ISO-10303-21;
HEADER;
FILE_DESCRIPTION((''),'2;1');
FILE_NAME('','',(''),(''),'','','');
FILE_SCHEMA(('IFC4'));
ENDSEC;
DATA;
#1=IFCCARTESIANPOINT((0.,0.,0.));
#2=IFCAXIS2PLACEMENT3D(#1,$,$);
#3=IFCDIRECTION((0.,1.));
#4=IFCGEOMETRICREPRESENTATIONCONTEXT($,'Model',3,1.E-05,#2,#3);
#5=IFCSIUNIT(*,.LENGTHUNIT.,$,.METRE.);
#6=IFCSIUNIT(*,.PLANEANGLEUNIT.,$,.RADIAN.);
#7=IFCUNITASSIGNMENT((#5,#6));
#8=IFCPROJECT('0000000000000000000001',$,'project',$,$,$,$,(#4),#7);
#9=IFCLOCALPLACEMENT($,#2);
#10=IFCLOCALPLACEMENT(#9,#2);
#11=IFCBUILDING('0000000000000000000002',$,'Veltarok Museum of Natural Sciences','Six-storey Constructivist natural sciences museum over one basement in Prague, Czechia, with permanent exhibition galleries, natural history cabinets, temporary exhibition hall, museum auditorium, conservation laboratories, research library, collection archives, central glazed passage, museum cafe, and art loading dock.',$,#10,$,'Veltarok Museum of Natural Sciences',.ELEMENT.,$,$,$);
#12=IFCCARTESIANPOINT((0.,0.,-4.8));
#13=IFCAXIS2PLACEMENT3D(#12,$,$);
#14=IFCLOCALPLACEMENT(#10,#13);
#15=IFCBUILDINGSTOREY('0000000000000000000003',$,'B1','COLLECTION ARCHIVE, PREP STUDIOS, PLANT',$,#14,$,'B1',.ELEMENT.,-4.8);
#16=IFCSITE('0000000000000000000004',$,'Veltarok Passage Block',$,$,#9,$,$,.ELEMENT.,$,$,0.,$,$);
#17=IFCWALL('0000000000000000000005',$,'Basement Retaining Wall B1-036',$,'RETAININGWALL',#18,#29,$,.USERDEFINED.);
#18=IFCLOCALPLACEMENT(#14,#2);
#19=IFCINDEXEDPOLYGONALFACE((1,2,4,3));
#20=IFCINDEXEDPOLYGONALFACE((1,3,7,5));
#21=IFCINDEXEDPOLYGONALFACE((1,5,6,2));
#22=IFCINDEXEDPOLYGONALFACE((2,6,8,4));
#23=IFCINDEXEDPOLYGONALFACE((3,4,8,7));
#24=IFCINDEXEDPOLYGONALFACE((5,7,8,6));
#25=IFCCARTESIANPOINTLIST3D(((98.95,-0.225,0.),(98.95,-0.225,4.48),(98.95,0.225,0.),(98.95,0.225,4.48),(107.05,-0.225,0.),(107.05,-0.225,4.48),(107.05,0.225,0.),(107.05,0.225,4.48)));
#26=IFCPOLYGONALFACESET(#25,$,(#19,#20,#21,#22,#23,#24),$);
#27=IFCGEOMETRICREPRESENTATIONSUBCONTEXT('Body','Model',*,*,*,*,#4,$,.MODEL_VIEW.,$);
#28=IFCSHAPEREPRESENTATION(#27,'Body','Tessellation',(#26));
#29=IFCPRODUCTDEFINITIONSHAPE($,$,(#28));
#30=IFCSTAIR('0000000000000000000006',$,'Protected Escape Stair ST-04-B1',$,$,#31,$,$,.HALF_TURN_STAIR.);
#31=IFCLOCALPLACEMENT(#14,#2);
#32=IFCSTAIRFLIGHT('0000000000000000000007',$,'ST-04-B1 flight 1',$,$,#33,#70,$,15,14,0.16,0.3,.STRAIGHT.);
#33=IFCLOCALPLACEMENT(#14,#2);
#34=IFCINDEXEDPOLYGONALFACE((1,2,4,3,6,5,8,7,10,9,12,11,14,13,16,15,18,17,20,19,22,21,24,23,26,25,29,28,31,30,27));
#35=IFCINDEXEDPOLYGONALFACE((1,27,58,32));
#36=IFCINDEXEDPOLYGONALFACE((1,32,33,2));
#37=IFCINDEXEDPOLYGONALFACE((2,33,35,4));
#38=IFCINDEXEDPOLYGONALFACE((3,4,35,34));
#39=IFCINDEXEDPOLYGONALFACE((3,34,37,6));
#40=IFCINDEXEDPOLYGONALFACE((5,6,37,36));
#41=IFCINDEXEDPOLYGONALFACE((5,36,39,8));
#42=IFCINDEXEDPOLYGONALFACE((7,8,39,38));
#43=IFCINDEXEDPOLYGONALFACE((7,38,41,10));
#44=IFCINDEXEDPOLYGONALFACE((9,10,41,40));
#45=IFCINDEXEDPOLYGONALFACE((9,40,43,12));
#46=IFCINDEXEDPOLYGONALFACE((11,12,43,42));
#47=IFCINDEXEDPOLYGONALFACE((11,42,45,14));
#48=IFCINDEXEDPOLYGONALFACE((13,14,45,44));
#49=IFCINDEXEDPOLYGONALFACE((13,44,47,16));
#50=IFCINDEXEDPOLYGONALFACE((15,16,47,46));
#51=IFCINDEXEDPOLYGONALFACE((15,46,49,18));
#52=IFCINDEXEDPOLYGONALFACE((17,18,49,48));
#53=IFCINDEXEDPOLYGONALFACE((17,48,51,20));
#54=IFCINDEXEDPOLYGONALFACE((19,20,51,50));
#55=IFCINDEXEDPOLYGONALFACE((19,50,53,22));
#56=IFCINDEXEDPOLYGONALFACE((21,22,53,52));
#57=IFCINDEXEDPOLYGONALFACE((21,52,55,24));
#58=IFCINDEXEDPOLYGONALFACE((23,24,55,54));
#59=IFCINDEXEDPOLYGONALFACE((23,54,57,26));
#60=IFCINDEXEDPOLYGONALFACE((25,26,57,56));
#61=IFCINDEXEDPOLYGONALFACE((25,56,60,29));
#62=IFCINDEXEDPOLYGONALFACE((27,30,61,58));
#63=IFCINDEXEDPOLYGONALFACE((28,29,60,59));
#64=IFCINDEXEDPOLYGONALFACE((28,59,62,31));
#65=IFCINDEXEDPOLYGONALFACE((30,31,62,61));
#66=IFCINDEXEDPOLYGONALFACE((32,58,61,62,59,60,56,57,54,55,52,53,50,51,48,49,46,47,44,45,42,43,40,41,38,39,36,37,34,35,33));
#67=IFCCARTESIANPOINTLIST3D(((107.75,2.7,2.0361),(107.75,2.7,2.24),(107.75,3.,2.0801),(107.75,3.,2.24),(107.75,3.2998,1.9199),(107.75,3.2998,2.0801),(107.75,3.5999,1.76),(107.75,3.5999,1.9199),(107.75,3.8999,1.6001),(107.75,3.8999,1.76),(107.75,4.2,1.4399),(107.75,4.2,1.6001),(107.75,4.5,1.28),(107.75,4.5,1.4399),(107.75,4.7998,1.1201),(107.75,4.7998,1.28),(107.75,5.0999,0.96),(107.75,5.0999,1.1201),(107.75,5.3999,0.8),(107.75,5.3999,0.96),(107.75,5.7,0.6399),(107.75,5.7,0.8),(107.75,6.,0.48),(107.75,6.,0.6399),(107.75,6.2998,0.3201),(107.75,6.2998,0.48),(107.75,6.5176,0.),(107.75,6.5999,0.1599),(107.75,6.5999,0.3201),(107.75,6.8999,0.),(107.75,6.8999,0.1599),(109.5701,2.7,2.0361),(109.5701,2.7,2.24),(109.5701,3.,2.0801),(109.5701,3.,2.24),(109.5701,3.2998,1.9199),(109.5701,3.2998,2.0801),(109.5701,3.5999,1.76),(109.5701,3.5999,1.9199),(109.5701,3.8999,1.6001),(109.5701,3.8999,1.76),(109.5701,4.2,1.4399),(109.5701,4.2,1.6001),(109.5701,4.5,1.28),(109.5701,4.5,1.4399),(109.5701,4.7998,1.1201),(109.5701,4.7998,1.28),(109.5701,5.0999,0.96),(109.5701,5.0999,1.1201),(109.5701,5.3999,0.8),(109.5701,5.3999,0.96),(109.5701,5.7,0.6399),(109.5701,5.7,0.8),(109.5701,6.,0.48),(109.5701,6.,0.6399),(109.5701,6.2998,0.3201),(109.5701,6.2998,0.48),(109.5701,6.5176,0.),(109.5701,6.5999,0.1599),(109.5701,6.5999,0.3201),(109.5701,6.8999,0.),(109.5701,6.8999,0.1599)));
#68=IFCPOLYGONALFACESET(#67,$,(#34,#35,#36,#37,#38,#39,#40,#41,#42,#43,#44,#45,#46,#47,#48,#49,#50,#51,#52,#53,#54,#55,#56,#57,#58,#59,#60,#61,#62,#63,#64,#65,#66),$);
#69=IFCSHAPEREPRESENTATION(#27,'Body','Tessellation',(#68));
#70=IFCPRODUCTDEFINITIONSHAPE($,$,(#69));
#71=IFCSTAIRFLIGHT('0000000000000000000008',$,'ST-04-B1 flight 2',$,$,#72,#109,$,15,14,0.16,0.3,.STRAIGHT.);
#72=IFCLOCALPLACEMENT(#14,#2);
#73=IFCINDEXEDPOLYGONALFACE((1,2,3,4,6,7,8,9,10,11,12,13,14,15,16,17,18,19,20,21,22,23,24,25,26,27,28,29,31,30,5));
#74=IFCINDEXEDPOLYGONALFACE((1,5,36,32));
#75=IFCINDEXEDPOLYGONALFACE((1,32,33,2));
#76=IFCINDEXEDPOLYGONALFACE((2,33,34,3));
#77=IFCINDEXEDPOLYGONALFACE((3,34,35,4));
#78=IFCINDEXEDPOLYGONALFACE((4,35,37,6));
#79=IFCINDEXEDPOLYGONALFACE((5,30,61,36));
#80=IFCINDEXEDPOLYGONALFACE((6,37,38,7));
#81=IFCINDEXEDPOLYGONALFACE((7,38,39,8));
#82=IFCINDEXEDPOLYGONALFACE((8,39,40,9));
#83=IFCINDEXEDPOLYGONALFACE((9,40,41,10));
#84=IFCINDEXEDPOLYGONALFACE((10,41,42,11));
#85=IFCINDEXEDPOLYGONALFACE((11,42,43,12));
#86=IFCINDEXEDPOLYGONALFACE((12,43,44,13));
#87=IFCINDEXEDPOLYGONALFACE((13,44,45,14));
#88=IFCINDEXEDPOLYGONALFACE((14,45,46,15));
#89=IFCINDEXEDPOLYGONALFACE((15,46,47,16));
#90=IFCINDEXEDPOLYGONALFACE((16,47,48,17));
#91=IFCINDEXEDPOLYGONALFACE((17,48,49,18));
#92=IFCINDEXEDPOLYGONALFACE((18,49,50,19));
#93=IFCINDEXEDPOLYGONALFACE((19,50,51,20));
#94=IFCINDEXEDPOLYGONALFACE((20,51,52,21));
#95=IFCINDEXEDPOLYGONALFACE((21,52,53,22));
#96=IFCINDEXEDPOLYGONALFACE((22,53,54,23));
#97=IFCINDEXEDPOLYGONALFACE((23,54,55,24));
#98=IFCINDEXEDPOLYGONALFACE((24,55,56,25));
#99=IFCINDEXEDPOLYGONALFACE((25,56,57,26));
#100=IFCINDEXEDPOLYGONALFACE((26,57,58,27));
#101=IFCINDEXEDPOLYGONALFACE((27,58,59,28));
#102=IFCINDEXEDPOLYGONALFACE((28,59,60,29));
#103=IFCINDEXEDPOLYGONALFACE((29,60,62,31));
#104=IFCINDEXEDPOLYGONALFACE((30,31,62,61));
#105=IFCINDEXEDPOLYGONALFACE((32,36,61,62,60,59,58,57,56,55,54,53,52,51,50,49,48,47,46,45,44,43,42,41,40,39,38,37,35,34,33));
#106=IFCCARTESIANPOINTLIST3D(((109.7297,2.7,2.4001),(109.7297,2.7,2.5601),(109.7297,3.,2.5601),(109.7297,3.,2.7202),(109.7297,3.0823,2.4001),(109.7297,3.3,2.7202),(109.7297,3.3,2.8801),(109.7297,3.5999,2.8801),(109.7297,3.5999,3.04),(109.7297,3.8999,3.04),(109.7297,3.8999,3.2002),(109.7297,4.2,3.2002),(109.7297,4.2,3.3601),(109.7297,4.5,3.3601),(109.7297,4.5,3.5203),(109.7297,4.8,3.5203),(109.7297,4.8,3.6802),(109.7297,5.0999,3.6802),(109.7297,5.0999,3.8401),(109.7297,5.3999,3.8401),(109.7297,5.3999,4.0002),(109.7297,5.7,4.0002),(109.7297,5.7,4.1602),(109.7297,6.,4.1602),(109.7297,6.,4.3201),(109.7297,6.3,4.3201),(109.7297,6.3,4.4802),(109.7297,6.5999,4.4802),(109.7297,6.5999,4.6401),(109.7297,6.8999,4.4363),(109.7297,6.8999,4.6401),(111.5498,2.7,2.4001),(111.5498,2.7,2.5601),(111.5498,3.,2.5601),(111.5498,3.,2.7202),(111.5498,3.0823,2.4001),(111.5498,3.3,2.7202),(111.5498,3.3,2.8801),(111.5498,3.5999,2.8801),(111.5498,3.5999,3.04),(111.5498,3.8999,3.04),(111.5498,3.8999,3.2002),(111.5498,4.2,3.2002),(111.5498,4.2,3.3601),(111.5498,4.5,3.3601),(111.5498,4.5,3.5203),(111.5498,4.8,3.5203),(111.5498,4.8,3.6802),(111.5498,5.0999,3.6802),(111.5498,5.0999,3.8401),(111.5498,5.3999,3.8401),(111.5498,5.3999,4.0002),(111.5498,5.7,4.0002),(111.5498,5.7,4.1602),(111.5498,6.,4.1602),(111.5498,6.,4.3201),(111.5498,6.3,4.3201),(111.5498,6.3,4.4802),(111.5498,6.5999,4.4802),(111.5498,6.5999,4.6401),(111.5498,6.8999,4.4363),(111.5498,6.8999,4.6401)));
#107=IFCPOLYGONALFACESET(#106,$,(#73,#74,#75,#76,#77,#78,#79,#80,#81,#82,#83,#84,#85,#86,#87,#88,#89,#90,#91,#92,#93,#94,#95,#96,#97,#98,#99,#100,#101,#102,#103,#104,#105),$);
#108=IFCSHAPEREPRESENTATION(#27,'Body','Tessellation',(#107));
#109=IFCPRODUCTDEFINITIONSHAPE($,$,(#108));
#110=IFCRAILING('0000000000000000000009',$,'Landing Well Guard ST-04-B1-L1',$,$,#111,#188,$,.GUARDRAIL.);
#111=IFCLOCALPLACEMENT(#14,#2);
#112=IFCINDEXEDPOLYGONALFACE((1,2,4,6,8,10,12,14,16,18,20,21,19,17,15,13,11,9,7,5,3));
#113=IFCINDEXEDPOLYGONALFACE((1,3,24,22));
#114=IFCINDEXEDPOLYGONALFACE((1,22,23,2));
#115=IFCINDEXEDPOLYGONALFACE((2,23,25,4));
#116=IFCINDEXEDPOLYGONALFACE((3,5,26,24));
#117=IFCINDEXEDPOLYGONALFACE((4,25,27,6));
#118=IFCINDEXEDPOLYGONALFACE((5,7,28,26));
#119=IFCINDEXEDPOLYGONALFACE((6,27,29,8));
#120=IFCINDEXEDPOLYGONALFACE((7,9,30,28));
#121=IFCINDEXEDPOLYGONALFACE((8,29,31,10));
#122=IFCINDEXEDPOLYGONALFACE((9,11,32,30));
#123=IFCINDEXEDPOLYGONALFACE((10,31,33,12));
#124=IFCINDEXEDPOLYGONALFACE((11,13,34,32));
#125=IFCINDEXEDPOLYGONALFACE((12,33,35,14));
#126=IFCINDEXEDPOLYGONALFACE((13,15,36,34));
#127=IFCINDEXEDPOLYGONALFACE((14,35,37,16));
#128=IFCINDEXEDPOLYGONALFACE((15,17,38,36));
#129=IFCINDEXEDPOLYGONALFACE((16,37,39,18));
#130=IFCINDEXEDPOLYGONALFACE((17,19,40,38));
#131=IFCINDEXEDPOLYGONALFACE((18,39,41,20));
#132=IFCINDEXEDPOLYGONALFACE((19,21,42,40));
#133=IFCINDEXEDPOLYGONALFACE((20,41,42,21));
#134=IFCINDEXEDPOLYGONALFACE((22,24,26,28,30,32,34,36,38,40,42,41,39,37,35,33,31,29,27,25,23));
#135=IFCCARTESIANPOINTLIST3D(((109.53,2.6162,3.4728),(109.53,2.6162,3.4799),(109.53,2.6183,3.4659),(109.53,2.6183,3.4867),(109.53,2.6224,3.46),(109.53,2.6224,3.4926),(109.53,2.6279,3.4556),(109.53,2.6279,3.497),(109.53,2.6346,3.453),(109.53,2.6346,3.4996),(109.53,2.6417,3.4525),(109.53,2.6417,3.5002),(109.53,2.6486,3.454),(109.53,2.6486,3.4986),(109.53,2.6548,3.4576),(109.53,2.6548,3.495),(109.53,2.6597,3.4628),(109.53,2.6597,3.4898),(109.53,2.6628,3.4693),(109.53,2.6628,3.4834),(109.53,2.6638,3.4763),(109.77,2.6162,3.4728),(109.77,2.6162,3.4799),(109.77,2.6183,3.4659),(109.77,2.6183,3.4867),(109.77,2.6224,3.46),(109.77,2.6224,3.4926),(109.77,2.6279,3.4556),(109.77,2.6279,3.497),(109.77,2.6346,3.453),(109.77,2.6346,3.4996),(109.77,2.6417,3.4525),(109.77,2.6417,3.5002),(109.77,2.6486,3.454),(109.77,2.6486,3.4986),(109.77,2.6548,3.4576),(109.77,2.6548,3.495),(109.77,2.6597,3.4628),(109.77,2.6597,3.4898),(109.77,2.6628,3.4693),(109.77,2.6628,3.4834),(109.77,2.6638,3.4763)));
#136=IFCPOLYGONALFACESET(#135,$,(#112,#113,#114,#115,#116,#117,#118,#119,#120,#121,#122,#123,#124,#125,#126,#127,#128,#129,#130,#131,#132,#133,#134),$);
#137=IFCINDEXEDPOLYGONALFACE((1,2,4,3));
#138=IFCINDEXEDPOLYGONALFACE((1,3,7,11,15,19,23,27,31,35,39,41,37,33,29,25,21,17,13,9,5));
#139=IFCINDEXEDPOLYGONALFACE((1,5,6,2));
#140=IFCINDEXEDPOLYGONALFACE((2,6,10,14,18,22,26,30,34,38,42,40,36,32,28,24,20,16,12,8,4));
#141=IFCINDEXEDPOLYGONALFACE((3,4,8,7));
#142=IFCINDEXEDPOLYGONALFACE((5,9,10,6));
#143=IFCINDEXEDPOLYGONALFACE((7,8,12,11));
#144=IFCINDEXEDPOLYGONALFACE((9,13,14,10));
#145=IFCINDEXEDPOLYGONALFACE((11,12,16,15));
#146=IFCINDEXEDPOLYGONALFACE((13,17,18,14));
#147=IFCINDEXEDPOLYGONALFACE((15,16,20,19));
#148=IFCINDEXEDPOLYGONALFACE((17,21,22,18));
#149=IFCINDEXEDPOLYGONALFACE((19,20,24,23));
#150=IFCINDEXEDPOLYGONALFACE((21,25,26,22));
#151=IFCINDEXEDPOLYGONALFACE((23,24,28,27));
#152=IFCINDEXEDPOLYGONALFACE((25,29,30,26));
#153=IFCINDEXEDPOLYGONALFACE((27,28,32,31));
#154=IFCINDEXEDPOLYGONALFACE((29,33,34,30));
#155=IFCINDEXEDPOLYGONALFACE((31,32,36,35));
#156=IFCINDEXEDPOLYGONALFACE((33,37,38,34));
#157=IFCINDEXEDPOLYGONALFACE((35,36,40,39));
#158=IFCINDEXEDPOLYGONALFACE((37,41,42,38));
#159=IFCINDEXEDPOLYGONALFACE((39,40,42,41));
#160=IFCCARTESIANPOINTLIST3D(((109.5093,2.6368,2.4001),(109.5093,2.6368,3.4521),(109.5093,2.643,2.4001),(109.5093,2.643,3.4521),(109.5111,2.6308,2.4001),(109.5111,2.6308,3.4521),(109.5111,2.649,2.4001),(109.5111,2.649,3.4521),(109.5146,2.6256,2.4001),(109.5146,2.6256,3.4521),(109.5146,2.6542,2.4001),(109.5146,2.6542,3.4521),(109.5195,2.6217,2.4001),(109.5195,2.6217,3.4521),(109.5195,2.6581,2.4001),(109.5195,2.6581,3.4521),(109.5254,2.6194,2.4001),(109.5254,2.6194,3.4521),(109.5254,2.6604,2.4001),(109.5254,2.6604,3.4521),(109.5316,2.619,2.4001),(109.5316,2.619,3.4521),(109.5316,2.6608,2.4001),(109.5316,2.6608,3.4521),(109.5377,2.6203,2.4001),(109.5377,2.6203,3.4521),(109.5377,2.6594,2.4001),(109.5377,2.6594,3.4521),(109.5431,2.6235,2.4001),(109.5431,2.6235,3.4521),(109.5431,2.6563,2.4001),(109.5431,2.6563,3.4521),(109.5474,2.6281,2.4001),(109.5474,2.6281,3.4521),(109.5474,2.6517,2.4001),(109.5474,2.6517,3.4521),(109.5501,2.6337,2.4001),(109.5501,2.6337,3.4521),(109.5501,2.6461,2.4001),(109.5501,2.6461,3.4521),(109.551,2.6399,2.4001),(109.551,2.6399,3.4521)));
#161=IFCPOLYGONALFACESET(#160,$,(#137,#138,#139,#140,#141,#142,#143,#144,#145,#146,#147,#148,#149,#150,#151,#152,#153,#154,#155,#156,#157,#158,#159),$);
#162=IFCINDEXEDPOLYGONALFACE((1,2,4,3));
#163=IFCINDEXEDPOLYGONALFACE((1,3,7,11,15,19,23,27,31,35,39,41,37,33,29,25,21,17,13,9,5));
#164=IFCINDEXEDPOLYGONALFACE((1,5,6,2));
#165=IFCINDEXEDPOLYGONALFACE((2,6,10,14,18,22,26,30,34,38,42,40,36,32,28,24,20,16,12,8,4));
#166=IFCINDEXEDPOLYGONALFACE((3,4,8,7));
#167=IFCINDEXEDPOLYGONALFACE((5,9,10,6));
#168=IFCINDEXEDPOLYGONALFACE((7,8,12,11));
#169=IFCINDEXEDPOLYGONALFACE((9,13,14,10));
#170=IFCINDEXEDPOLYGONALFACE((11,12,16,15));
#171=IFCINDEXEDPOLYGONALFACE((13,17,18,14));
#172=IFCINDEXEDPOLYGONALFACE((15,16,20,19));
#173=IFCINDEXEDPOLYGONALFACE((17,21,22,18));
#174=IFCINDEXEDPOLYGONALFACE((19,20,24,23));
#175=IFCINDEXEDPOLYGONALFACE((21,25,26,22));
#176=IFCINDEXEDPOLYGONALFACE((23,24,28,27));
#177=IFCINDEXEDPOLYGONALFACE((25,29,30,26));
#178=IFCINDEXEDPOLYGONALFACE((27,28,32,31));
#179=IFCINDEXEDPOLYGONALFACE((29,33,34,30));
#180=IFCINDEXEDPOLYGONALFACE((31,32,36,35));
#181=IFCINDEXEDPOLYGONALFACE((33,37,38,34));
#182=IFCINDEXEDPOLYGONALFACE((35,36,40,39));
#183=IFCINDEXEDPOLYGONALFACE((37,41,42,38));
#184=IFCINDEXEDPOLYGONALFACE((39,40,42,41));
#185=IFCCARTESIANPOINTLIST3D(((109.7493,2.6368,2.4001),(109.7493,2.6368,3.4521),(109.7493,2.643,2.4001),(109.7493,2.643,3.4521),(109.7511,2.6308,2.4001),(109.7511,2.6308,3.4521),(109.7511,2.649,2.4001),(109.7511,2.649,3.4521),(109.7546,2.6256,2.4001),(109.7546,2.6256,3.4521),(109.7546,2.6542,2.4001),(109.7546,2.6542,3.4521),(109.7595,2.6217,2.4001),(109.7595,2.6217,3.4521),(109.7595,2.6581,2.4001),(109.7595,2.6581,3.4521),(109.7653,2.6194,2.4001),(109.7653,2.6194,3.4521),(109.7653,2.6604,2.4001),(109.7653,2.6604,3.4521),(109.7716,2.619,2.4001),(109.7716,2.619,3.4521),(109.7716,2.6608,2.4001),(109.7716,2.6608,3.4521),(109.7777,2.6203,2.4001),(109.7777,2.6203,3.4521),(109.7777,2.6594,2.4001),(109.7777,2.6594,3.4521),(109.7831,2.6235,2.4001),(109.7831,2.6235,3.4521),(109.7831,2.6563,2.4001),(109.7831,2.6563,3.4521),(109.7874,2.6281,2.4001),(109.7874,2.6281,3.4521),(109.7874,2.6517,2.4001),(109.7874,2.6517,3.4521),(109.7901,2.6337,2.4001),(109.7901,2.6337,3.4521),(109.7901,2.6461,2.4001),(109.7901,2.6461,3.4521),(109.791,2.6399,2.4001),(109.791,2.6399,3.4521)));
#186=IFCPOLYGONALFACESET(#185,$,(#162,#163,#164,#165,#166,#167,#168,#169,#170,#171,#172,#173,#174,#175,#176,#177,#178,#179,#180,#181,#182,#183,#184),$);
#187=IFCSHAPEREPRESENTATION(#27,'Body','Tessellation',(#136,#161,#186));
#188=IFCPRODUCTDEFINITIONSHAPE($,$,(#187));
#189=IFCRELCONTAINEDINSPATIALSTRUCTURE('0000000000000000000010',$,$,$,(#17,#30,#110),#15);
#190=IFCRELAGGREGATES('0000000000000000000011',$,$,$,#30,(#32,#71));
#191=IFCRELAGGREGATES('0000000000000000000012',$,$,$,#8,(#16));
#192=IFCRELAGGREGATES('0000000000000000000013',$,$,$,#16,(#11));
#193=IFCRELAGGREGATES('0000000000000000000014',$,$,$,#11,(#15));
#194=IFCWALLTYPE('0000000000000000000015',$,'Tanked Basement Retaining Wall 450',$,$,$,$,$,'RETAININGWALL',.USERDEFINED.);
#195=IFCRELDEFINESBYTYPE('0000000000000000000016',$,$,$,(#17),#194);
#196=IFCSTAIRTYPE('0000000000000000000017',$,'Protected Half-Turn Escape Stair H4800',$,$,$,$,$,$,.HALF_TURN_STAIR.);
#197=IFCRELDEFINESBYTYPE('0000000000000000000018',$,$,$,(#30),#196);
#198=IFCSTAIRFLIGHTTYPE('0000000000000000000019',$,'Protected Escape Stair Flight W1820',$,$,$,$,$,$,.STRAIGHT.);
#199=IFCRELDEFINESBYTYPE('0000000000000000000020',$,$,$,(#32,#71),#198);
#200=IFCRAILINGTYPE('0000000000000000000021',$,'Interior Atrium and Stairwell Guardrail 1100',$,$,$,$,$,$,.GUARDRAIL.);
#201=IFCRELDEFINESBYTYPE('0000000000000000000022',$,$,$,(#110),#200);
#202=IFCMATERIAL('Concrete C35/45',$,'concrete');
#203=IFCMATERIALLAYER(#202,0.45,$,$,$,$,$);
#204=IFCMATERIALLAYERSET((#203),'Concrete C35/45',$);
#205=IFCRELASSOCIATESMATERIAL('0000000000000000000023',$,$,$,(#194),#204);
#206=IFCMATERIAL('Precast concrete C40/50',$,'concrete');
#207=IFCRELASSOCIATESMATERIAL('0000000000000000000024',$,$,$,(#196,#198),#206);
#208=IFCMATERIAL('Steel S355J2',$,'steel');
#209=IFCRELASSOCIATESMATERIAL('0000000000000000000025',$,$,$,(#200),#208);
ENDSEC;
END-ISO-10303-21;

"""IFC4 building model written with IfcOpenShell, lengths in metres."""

from ifc_helpers import new_model, si_unit, direction, frame, frame_2d, origin, origin_2d, place, context, subcontext, project, spatial, polyline, rectangle, circle, outline, extrude, material, layer, layer_set, type_object, element, aggregate, save


model = new_model("IFC4")

# Units and contexts
model_context = context("Model", 3, precision=1e-05, world=origin(), true_north=direction((0.0, 1.0)))
body_context = subcontext(model_context, "Body", "Model", "MODEL_VIEW")
ifc_project = project(units=[si_unit("LENGTHUNIT", "METRE"), si_unit("PLANEANGLEUNIT", "RADIAN")], contexts=[model_context])

# Site, building, storey
site_placement = place(None, origin())
site = spatial("IfcSite", under=ifc_project, at=site_placement, Name="Veltarok Passage Block", CompositionType="ELEMENT", RefElevation=0.0)
building_placement = place(site_placement, origin())
building = spatial("IfcBuilding", under=site, at=building_placement, Name="Veltarok Museum of Natural Sciences", Description="Six-storey Constructivist natural sciences museum over one basement in Prague, Czechia, with permanent exhibition galleries, natural history cabinets, temporary exhibition hall, museum auditorium, conservation laboratories, research library, collection archives, central glazed passage, museum cafe, and art loading dock.", LongName="Veltarok Museum of Natural Sciences", CompositionType="ELEMENT")
storey_placement = place(building_placement, frame((0.0, 0.0, -4.8)))
storey = spatial("IfcBuildingStorey", under=building, at=storey_placement, Name="B1", Description="COLLECTION ARCHIVE, PREP STUDIOS, PLANT", LongName="B1", CompositionType="ELEMENT", Elevation=-4.8)

# Shared definitions
ifc_material_1 = material(Name="Concrete C35/45", Category="concrete")

# Shared definitions
ifc_material_2 = material(Name="Steel S355J2", Category="steel")

# Wall
ifc_layer_1 = layer(ifc_material_1, 0.45)
ifc_layer_set_1 = layer_set([ifc_layer_1], Name="Concrete C35/45")
wall_type_1 = type_object("IfcWallType", Name="Tanked Basement Retaining Wall 450", ElementType="RETAININGWALL", PredefinedType="USERDEFINED", material=ifc_layer_set_1)
wall_1_placement = place(storey_placement, frame((107.05, 0.0, 0.0), z_axis=(0.0, 0.0, 1.0), x_axis=(-1.0, 0.0, 0.0)))
element("IfcWall", 1, at=wall_1_placement, inside=storey, type_object=wall_type_1, Name="Basement Retaining Wall B1-036", ObjectType="RETAININGWALL", PredefinedType="USERDEFINED", context=body_context, shape_type="SweptSolid", body=[
    extrude(rectangle(XDim=8.1001, YDim=0.45, at=frame_2d((4.05, 0.0))), origin(), (0.0, 0.0, 1.0), 4.48),
])

# Stair, stair flights
ifc_material_3 = material(Name="Precast concrete C40/50", Category="concrete")
stair_type = type_object("IfcStairType", Name="Protected Half-Turn Escape Stair H4800", PredefinedType="HALF_TURN_STAIR", material=ifc_material_3)
stair_placement = place(storey_placement, origin())
stair = element("IfcStair", 2, at=stair_placement, inside=storey, type_object=stair_type, Name="Protected Escape Stair ST-04-B1", PredefinedType="HALF_TURN_STAIR")
stair_flight_type = type_object("IfcStairFlightType", Name="Protected Escape Stair Flight W1820", PredefinedType="STRAIGHT", material=ifc_material_3)
stair_flight_1_placement = place(storey_placement, frame((108.6599, 6.8999, 0.0), z_axis=(0.0, 0.0, 1.0), x_axis=(0.0, -1.0, 0.0)))
stair_flight_1 = element("IfcStairFlight", 3, at=stair_flight_1_placement, type_object=stair_flight_type, Name="ST-04-B1 flight 1", NumberOfRisers=15, NumberOfTreads=14, PredefinedType="STRAIGHT", RiserHeight=0.16, TreadLength=0.3, context=body_context, shape_type="SweptSolid", body=[
    extrude(outline(polyline([(0.0, 0.0), (0.0, 0.1599), (0.3, 0.1599), (0.3, 0.3201), (0.6001, 0.3201), (0.6001, 0.48), (0.8999, 0.48), (0.8999, 0.6399), (1.2, 0.6399), (1.2, 0.8), (1.5, 0.8), (1.5, 0.96), (1.8, 0.96), (1.8, 1.1201), (2.1001, 1.1201), (2.1001, 1.28), (2.3999, 1.28), (2.3999, 1.4399), (2.7, 1.4399), (2.7, 1.6001), (3.0, 1.6001), (3.0, 1.76), (3.3, 1.76), (3.3, 1.9199), (3.6001, 1.9199), (3.6001, 2.0801), (3.8999, 2.0801), (3.8999, 2.24), (4.2, 2.24), (4.2, 2.3999), (4.2, 2.0361), (0.3823, 0.0), (0.0, 0.0)])), frame((0.0, 0.9102, 0.0), z_axis=(0.0, -1.0, 0.0), x_axis=(1.0, 0.0, 0.0)), (0.0, 0.0, 1.0), 1.8201),
])
stair_flight_2_placement = place(storey_placement, frame((110.6399, 2.7, 2.4001), z_axis=(0.0, 0.0, 1.0), x_axis=(0.0, 1.0, 0.0)))
stair_flight_2 = element("IfcStairFlight", 4, at=stair_flight_2_placement, type_object=stair_flight_type, Name="ST-04-B1 flight 2", NumberOfRisers=15, NumberOfTreads=14, PredefinedType="STRAIGHT", RiserHeight=0.16, TreadLength=0.3, context=body_context, shape_type="SweptSolid", body=[
    extrude(outline(polyline([(0.0, 0.0), (0.0, 0.1599), (0.3, 0.1599), (0.3, 0.3201), (0.6001, 0.3201), (0.6001, 0.48), (0.8999, 0.48), (0.8999, 0.6399), (1.2, 0.6399), (1.2, 0.8), (1.5, 0.8), (1.5, 0.96), (1.8, 0.96), (1.8, 1.1201), (2.1001, 1.1201), (2.1001, 1.28), (2.3999, 1.28), (2.3999, 1.4399), (2.7, 1.4399), (2.7, 1.6001), (3.0, 1.6001), (3.0, 1.76), (3.3, 1.76), (3.3, 1.9199), (3.6001, 1.9199), (3.6001, 2.0801), (3.8999, 2.0801), (3.8999, 2.24), (4.2, 2.24), (4.2, 2.3999), (4.2, 2.0361), (0.3823, 0.0), (0.0, 0.0)])), frame((0.0, 0.9102, 0.0), z_axis=(0.0, -1.0, 0.0), x_axis=(1.0, 0.0, 0.0)), (0.0, 0.0, 1.0), 1.8201),
])
aggregate(stair, [stair_flight_1, stair_flight_2])

# Railing
railing_type_1 = type_object("IfcRailingType", Name="Interior Atrium and Stairwell Guardrail 1100", PredefinedType="GUARDRAIL", material=ifc_material_2)
railing_placement = place(storey_placement, frame((109.53, 2.6399, 2.4001)))
element("IfcRailing", 5, at=railing_placement, inside=storey, type_object=railing_type_1, Name="Landing Well Guard ST-04-B1-L1", PredefinedType="GUARDRAIL", context=body_context, shape_type="SweptSolid", body=[
    extrude(circle(Radius=0.0239, at=origin_2d()), frame((0.0, 0.0, 1.0762), z_axis=(1.0, 0.0, 0.0), x_axis=(0.0, 1.0, 0.0)), (0.0, 0.0, 1.0), 0.24),
    extrude(circle(Radius=0.021, at=origin_2d()), origin(), (0.0, 0.0, 1.0), 1.052),
    extrude(circle(Radius=0.021, at=origin_2d()), frame((0.24, 0.0, 0.0)), (0.0, 0.0, 1.0), 1.052),
])

save(model, "model.ifc")
